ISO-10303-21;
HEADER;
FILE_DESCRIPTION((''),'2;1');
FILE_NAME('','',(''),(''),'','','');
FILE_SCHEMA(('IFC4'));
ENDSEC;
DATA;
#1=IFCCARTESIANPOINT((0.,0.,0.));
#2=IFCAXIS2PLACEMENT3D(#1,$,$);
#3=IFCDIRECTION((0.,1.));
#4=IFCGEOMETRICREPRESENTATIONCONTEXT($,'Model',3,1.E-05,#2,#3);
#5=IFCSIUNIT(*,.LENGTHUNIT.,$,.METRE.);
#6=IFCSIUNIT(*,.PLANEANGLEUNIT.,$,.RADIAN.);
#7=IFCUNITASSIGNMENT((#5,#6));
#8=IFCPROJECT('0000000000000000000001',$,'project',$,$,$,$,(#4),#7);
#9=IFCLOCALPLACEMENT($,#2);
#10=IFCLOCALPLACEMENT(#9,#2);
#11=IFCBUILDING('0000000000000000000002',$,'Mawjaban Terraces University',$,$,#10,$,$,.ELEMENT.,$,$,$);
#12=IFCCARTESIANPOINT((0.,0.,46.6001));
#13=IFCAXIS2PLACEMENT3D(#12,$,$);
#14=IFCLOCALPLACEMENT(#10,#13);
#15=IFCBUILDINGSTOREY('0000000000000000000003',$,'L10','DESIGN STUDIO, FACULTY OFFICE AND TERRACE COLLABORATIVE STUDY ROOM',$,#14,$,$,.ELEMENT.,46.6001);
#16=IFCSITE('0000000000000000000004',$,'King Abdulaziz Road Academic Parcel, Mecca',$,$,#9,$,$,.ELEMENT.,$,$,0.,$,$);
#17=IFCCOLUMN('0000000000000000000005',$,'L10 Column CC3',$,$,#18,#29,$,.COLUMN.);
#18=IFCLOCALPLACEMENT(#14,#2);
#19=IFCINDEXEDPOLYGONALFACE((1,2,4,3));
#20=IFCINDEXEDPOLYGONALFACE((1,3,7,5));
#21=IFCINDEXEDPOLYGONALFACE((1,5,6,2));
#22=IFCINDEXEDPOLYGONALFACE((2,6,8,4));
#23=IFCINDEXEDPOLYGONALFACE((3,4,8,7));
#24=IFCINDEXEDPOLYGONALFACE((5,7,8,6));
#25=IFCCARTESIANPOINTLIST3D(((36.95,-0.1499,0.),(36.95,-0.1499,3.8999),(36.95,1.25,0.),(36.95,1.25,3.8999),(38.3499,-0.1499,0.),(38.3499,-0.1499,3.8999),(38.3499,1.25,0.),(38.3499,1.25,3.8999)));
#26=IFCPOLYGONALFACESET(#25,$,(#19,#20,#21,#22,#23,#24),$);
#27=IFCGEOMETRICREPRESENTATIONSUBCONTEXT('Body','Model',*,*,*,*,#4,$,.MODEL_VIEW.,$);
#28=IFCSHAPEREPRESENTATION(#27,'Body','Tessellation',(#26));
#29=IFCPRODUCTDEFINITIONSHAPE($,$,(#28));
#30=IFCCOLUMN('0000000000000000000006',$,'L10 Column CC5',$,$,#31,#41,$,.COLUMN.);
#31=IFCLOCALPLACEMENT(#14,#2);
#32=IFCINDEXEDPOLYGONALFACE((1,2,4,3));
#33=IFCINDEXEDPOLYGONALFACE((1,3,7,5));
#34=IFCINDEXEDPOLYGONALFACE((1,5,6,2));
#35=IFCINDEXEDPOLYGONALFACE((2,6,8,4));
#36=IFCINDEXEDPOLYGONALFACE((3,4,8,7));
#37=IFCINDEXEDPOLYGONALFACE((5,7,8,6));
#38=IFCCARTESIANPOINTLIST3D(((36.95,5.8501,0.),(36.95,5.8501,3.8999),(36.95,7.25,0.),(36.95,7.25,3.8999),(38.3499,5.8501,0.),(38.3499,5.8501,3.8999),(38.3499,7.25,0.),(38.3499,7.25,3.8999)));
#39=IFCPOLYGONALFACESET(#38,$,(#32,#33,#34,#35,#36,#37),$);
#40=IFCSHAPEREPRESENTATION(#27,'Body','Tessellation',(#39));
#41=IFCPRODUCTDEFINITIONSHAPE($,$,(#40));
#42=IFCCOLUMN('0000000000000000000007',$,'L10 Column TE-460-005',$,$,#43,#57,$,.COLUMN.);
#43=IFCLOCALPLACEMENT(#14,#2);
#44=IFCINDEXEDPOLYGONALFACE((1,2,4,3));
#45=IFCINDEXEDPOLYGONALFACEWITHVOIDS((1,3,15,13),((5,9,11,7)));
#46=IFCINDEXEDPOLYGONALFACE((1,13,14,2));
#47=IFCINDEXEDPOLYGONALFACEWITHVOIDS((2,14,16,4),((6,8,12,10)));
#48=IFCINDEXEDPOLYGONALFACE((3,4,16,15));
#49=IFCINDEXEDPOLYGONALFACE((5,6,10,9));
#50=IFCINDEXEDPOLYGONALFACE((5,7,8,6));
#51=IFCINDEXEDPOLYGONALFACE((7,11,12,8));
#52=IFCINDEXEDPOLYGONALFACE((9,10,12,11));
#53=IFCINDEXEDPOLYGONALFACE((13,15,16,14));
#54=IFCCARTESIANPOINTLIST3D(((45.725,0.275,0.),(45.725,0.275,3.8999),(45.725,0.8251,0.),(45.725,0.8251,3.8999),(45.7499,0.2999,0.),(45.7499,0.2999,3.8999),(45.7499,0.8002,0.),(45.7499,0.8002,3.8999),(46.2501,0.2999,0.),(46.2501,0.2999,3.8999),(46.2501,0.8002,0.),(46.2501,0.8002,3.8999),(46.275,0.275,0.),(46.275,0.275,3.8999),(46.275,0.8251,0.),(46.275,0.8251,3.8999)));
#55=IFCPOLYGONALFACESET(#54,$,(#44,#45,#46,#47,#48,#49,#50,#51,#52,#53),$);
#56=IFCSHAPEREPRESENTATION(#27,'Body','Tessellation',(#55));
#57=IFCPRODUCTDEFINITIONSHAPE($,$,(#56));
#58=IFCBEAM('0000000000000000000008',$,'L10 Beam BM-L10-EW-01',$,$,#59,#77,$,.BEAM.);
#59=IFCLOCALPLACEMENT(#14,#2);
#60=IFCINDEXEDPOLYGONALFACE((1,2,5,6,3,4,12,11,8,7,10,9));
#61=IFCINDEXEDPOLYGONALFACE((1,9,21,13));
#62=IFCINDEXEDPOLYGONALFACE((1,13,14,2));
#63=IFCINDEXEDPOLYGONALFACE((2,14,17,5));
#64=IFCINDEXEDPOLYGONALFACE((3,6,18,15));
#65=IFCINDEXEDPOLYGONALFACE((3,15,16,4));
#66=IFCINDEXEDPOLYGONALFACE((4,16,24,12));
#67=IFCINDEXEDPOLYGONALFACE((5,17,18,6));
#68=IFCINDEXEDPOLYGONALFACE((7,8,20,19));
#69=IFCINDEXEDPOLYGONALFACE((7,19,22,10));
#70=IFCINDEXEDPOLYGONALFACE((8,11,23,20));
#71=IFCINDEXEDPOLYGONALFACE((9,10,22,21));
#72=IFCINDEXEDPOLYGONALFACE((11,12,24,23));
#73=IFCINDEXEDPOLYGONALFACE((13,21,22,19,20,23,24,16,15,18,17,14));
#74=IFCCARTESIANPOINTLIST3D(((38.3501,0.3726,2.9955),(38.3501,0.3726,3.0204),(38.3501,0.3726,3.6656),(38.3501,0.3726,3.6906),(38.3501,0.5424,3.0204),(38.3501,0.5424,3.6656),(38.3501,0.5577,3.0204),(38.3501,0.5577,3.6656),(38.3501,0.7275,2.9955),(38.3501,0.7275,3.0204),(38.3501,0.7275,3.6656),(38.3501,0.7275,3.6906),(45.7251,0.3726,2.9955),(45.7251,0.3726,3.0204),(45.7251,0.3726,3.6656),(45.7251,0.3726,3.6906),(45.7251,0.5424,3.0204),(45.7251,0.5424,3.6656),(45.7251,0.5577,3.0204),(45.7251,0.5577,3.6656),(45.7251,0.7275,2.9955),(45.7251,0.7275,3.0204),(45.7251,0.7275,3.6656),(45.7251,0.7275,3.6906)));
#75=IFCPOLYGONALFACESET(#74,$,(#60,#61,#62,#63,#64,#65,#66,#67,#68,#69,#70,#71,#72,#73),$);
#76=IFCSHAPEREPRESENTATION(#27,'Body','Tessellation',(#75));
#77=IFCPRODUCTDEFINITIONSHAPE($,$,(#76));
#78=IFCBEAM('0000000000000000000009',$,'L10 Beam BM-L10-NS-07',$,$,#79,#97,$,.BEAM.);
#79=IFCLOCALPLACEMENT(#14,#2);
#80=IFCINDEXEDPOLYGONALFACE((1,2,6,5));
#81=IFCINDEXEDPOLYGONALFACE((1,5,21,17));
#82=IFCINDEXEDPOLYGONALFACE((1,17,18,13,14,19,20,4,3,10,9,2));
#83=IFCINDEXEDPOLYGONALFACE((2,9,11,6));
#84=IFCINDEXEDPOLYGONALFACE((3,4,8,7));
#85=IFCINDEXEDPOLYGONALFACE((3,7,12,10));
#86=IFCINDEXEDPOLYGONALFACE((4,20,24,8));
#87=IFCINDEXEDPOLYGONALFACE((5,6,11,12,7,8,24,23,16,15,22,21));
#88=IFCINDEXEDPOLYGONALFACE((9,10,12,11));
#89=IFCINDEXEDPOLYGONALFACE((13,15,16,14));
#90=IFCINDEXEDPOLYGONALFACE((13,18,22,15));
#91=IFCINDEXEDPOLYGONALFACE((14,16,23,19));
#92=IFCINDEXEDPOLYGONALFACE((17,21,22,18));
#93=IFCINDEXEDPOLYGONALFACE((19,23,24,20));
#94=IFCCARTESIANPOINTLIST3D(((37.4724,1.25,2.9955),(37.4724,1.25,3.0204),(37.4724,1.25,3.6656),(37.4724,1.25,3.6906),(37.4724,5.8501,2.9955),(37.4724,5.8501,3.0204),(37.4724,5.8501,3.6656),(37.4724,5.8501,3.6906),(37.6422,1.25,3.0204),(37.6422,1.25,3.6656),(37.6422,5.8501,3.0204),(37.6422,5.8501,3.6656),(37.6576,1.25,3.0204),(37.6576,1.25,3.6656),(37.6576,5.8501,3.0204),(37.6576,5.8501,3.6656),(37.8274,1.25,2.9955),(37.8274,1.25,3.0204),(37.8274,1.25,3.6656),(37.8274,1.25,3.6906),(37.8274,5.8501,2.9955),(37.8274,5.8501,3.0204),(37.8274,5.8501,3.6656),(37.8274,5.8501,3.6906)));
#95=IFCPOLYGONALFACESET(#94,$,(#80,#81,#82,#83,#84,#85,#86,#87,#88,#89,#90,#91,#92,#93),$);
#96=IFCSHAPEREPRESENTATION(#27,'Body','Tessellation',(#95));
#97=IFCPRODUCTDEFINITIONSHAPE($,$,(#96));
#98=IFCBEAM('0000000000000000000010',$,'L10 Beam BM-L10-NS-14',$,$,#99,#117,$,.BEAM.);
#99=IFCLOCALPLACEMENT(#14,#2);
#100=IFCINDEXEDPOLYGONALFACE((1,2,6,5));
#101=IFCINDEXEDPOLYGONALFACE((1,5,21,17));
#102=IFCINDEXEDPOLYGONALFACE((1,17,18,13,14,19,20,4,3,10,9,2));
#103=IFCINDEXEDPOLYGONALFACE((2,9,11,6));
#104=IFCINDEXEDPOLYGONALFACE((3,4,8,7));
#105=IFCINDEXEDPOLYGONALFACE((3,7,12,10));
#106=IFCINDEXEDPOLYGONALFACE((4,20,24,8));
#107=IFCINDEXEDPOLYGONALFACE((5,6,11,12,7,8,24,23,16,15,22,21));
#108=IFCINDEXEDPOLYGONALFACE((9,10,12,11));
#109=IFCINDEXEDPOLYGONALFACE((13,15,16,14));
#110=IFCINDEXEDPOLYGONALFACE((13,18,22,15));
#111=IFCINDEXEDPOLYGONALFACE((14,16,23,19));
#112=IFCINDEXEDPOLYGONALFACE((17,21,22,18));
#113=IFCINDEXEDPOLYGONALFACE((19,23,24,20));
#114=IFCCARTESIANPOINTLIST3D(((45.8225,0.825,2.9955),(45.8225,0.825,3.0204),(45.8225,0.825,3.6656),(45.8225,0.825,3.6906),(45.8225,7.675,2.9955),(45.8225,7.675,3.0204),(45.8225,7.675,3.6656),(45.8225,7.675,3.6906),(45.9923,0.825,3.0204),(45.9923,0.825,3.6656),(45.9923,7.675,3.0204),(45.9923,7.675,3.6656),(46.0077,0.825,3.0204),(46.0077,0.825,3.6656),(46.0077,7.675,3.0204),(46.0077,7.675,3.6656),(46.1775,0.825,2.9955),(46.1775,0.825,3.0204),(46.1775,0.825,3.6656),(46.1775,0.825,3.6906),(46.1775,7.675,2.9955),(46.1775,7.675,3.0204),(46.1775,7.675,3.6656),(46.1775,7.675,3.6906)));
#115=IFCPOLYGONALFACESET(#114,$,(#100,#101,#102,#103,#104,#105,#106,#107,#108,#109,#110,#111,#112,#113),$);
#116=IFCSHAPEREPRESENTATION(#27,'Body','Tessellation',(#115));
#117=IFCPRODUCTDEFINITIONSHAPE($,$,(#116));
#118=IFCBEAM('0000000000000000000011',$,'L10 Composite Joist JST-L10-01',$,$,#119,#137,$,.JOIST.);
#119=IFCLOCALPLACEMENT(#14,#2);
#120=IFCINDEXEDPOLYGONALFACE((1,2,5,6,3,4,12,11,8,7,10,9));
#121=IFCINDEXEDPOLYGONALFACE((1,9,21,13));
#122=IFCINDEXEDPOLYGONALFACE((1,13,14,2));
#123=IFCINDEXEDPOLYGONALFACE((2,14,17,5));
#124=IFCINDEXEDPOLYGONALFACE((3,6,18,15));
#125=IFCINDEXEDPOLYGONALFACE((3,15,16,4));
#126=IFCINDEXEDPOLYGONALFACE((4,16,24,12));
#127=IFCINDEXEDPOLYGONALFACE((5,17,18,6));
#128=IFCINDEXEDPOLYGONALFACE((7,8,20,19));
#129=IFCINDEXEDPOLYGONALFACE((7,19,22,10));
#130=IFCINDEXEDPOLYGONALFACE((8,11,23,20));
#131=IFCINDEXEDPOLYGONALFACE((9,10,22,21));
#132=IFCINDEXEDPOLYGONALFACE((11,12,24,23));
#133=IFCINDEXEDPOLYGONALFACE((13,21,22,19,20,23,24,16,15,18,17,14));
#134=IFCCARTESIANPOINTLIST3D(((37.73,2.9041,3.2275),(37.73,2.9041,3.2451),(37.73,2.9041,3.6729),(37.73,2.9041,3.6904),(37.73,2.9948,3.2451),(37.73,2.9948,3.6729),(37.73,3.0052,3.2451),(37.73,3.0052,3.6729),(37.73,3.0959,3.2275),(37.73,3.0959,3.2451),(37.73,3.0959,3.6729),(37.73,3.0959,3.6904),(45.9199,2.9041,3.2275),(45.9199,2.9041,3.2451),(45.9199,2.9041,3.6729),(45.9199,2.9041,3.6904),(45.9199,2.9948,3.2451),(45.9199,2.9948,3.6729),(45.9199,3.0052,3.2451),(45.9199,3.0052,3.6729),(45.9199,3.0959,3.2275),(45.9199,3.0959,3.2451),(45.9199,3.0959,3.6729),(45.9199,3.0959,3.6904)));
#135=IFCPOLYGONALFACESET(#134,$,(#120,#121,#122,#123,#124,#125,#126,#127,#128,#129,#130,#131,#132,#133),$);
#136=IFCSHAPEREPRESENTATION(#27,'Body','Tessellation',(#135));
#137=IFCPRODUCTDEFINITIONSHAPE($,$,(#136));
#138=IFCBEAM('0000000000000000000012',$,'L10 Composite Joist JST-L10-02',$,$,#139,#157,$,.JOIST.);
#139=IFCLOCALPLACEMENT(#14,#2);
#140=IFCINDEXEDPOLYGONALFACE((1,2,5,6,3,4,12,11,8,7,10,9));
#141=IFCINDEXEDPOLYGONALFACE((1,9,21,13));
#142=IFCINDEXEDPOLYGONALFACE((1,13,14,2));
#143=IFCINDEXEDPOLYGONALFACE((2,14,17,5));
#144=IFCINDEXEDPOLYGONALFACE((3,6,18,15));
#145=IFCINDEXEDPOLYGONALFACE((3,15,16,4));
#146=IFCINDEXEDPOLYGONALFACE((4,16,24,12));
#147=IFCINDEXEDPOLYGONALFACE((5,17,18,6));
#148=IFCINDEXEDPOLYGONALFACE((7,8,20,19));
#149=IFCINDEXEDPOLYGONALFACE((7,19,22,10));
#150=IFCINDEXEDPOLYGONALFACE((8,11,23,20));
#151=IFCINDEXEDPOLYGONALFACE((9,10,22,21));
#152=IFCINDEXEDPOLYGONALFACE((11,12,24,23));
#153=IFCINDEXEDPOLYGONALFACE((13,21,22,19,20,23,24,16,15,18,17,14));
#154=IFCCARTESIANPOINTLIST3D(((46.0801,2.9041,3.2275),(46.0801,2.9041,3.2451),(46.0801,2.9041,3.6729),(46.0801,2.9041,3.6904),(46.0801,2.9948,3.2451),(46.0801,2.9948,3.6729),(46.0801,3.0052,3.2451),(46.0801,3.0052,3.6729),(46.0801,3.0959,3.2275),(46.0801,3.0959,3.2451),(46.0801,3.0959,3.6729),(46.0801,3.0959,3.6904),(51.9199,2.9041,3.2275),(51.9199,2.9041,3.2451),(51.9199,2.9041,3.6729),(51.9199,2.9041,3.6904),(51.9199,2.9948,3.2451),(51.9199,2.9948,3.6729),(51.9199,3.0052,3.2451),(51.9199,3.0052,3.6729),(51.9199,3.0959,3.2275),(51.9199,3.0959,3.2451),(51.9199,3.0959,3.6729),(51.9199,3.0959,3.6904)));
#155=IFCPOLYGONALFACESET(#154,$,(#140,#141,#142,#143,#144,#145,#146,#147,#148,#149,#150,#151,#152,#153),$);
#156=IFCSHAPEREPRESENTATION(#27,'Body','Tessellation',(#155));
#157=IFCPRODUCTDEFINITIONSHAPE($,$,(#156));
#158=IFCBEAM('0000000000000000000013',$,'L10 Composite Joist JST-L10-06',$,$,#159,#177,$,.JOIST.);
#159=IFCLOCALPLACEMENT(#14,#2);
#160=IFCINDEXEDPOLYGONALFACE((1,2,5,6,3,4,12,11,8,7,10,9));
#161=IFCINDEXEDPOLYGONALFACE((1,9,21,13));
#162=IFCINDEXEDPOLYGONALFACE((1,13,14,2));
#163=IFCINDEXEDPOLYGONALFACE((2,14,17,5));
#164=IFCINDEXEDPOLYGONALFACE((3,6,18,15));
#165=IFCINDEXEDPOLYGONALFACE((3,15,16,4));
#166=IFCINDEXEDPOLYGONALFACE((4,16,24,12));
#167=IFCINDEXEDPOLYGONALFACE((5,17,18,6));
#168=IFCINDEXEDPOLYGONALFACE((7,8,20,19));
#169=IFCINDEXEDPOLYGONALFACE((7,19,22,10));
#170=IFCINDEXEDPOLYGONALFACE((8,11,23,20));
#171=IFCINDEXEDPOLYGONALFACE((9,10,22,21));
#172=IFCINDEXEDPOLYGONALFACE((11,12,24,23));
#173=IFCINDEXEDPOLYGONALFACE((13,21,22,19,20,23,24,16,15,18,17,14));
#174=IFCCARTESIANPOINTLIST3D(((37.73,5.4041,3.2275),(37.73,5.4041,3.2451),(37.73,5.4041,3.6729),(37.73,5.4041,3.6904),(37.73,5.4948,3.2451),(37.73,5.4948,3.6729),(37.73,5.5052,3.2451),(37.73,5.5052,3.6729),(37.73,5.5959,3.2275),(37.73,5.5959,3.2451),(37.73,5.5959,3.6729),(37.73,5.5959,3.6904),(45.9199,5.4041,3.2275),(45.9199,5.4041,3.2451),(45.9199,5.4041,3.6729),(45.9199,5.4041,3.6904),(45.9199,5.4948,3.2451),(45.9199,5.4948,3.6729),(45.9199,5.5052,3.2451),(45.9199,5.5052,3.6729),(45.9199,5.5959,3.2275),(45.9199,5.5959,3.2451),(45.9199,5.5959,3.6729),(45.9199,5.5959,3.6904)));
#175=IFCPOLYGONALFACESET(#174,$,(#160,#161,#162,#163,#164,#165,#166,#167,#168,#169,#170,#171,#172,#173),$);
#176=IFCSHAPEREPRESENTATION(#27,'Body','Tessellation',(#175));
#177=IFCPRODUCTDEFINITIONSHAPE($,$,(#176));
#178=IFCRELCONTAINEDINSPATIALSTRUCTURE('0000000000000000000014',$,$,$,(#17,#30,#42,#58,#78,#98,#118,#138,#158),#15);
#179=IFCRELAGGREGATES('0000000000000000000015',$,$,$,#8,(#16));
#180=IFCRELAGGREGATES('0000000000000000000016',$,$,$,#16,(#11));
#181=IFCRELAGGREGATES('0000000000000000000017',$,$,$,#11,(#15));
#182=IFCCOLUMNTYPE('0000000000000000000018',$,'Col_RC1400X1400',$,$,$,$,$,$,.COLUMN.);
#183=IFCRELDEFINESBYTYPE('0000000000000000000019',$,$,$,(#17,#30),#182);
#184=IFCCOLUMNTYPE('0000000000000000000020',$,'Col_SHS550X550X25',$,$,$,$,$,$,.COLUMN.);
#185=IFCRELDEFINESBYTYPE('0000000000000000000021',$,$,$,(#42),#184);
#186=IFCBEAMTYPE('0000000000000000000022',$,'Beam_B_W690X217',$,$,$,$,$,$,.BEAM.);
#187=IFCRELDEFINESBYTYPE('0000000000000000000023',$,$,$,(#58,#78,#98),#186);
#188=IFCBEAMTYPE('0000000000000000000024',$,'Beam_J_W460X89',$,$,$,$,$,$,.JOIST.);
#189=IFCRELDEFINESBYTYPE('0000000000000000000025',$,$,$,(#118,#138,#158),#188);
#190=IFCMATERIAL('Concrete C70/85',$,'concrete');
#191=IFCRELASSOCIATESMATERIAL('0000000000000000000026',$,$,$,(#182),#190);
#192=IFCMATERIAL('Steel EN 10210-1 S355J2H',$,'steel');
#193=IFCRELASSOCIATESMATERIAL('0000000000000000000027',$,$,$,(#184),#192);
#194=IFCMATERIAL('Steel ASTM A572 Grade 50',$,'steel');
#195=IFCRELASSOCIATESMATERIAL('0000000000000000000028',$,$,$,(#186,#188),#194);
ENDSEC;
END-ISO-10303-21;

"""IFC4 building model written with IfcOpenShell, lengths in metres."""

from ifc_helpers import new_model, si_unit, direction, frame, origin, origin_2d, place, context, subcontext, project, spatial, rectangle, hollow_rectangle, i_section, extrude, material, material_profile, profile_set, type_object, element, save


model = new_model("IFC4")

# Units and contexts
model_context = context("Model", 3, precision=1e-05, world=origin(), true_north=direction((0.0, 1.0)))
body_context = subcontext(model_context, "Body", "Model", "MODEL_VIEW")
ifc_project = project(units=[si_unit("LENGTHUNIT", "METRE"), si_unit("PLANEANGLEUNIT", "RADIAN")], contexts=[model_context])

# Site, building, storey
site_placement = place(None, origin())
site = spatial("IfcSite", under=ifc_project, at=site_placement, Name="King Abdulaziz Road Academic Parcel, Mecca", CompositionType="ELEMENT", RefElevation=0.0)
building_placement = place(site_placement, origin())
building = spatial("IfcBuilding", under=site, at=building_placement, Name="Mawjaban Terraces University", CompositionType="ELEMENT")
storey_placement = place(building_placement, frame((0.0, 0.0, 46.6001)))
storey = spatial("IfcBuildingStorey", under=building, at=storey_placement, Name="L10", Description="DESIGN STUDIO, FACULTY OFFICE AND TERRACE COLLABORATIVE STUDY ROOM", CompositionType="ELEMENT", Elevation=46.6001)

# Columns
ifc_material_1 = material(Name="Concrete C70/85", Category="concrete")
ifc_material_profile_1 = material_profile(ifc_material_1, rectangle(XDim=1.3999, YDim=1.3999, at=origin_2d()), Name="RC1400X1400")
ifc_profile_set_1 = profile_set([ifc_material_profile_1], Name="Concrete C70/85")
column_type_1 = type_object("IfcColumnType", Name="Col_RC1400X1400", PredefinedType="COLUMN", material=ifc_profile_set_1)
for number, where, z_axis, x_axis, name in (
    (1, (37.6499, 0.55, 0.0), (0.0, 0.0, 1.0), (1.0, 0.0, 0.0), "L10 Column CC3"),
    (2, (37.6499, 6.55, 0.0), (0.0, 0.0, 1.0), (1.0, 0.0, 0.0), "L10 Column CC5"),
):
    element("IfcColumn", number, at=place(storey_placement, frame(where, z_axis=z_axis, x_axis=x_axis)), inside=storey, type_object=column_type_1, Name=name, PredefinedType="COLUMN", context=body_context, shape_type="SweptSolid", body=[
        extrude(rectangle(XDim=1.3999, YDim=1.3999, at=origin_2d()), origin(), (0.0, 0.0, 1.0), 3.8999),
    ])
ifc_material_2 = material(Name="Steel EN 10210-1 S355J2H", Category="steel")
ifc_material_profile_2 = material_profile(ifc_material_2, hollow_rectangle(XDim=0.55, YDim=0.55, WallThickness=0.0249, at=origin_2d()), Name="SHS550X550X25")
ifc_profile_set_2 = profile_set([ifc_material_profile_2], Name="Steel EN 10210-1 S355J2H")
column_type_2 = type_object("IfcColumnType", Name="Col_SHS550X550X25", PredefinedType="COLUMN", material=ifc_profile_set_2)
column_placement = place(storey_placement, frame((46.0, 0.55, 0.0), z_axis=(0.0, 0.0, 1.0), x_axis=(1.0, 0.0, 0.0)))
element("IfcColumn", 3, at=column_placement, inside=storey, type_object=column_type_2, Name="L10 Column TE-460-005", PredefinedType="COLUMN", context=body_context, shape_type="SweptSolid", body=[
    extrude(hollow_rectangle(XDim=0.55, YDim=0.55, WallThickness=0.0249, at=origin_2d()), origin(), (0.0, 0.0, 1.0), 3.8999),
])

# Beams
ifc_material_3 = material(Name="Steel ASTM A572 Grade 50", Category="steel")
ifc_material_profile_3 = material_profile(ifc_material_3, i_section(OverallWidth=0.355, OverallDepth=0.6951, WebThickness=0.0154, FlangeThickness=0.0249, at=origin_2d()), Name="W690X217")
ifc_profile_set_3 = profile_set([ifc_material_profile_3], Name="Steel ASTM A572 Grade 50")
beam_type_1 = type_object("IfcBeamType", Name="Beam_B_W690X217", PredefinedType="BEAM", material=ifc_profile_set_3)
beam_1_placement = place(storey_placement, frame((38.3501, 0.55, 3.343), z_axis=(1.0, 0.0, 0.0), x_axis=(0.0, 1.0, 0.0)))
element("IfcBeam", 4, at=beam_1_placement, inside=storey, type_object=beam_type_1, Name="L10 Beam BM-L10-EW-01", PredefinedType="BEAM", context=body_context, shape_type="SweptSolid", body=[
    extrude(i_section(OverallWidth=0.355, OverallDepth=0.6951, WebThickness=0.0154, FlangeThickness=0.0249, at=origin_2d()), origin(), (0.0, 0.0, 1.0), 7.375),
])
beam_2_placement = place(storey_placement, frame((37.6499, 1.25, 3.343), z_axis=(0.0, 1.0, 0.0), x_axis=(-1.0, 0.0, 0.0)))
element("IfcBeam", 5, at=beam_2_placement, inside=storey, type_object=beam_type_1, Name="L10 Beam BM-L10-NS-07", PredefinedType="BEAM", context=body_context, shape_type="SweptSolid", body=[
    extrude(i_section(OverallWidth=0.355, OverallDepth=0.6951, WebThickness=0.0154, FlangeThickness=0.0249, at=origin_2d()), origin(), (0.0, 0.0, 1.0), 4.6001),
])
beam_3_placement = place(storey_placement, frame((46.0, 0.825, 3.343), z_axis=(0.0, 1.0, 0.0), x_axis=(-1.0, 0.0, 0.0)))
element("IfcBeam", 6, at=beam_3_placement, inside=storey, type_object=beam_type_1, Name="L10 Beam BM-L10-NS-14", PredefinedType="BEAM", context=body_context, shape_type="SweptSolid", body=[
    extrude(i_section(OverallWidth=0.355, OverallDepth=0.6951, WebThickness=0.0154, FlangeThickness=0.0249, at=origin_2d()), origin(), (0.0, 0.0, 1.0), 6.8501),
])
ifc_material_profile_4 = material_profile(ifc_material_3, i_section(OverallWidth=0.1919, OverallDepth=0.4629, WebThickness=0.0105, FlangeThickness=0.0176, at=origin_2d()), Name="W460X89")
ifc_profile_set_4 = profile_set([ifc_material_profile_4], Name="Steel ASTM A572 Grade 50")
beam_type_2 = type_object("IfcBeamType", Name="Beam_J_W460X89", PredefinedType="JOIST", material=ifc_profile_set_4)
beam_4_placement = place(storey_placement, frame((37.73, 3.0, 3.459), z_axis=(1.0, 0.0, 0.0), x_axis=(0.0, 1.0, 0.0)))
element("IfcBeam", 7, at=beam_4_placement, inside=storey, type_object=beam_type_2, Name="L10 Composite Joist JST-L10-01", PredefinedType="JOIST", context=body_context, shape_type="SweptSolid", body=[
    extrude(i_section(OverallWidth=0.1919, OverallDepth=0.4629, WebThickness=0.0105, FlangeThickness=0.0176, at=origin_2d()), origin(), (0.0, 0.0, 1.0), 8.1899),
])
beam_5_placement = place(storey_placement, frame((46.0801, 3.0, 3.459), z_axis=(1.0, 0.0, 0.0), x_axis=(0.0, 1.0, 0.0)))
element("IfcBeam", 8, at=beam_5_placement, inside=storey, type_object=beam_type_2, Name="L10 Composite Joist JST-L10-02", PredefinedType="JOIST", context=body_context, shape_type="SweptSolid", body=[
    extrude(i_section(OverallWidth=0.1919, OverallDepth=0.4629, WebThickness=0.0105, FlangeThickness=0.0176, at=origin_2d()), origin(), (0.0, 0.0, 1.0), 5.8398),
])
beam_6_placement = place(storey_placement, frame((37.73, 5.5, 3.459), z_axis=(1.0, 0.0, 0.0), x_axis=(0.0, 1.0, 0.0)))
element("IfcBeam", 9, at=beam_6_placement, inside=storey, type_object=beam_type_2, Name="L10 Composite Joist JST-L10-06", PredefinedType="JOIST", context=body_context, shape_type="SweptSolid", body=[
    extrude(i_section(OverallWidth=0.1919, OverallDepth=0.4629, WebThickness=0.0105, FlangeThickness=0.0176, at=origin_2d()), origin(), (0.0, 0.0, 1.0), 8.1899),
])

save(model, "model.ifc")
